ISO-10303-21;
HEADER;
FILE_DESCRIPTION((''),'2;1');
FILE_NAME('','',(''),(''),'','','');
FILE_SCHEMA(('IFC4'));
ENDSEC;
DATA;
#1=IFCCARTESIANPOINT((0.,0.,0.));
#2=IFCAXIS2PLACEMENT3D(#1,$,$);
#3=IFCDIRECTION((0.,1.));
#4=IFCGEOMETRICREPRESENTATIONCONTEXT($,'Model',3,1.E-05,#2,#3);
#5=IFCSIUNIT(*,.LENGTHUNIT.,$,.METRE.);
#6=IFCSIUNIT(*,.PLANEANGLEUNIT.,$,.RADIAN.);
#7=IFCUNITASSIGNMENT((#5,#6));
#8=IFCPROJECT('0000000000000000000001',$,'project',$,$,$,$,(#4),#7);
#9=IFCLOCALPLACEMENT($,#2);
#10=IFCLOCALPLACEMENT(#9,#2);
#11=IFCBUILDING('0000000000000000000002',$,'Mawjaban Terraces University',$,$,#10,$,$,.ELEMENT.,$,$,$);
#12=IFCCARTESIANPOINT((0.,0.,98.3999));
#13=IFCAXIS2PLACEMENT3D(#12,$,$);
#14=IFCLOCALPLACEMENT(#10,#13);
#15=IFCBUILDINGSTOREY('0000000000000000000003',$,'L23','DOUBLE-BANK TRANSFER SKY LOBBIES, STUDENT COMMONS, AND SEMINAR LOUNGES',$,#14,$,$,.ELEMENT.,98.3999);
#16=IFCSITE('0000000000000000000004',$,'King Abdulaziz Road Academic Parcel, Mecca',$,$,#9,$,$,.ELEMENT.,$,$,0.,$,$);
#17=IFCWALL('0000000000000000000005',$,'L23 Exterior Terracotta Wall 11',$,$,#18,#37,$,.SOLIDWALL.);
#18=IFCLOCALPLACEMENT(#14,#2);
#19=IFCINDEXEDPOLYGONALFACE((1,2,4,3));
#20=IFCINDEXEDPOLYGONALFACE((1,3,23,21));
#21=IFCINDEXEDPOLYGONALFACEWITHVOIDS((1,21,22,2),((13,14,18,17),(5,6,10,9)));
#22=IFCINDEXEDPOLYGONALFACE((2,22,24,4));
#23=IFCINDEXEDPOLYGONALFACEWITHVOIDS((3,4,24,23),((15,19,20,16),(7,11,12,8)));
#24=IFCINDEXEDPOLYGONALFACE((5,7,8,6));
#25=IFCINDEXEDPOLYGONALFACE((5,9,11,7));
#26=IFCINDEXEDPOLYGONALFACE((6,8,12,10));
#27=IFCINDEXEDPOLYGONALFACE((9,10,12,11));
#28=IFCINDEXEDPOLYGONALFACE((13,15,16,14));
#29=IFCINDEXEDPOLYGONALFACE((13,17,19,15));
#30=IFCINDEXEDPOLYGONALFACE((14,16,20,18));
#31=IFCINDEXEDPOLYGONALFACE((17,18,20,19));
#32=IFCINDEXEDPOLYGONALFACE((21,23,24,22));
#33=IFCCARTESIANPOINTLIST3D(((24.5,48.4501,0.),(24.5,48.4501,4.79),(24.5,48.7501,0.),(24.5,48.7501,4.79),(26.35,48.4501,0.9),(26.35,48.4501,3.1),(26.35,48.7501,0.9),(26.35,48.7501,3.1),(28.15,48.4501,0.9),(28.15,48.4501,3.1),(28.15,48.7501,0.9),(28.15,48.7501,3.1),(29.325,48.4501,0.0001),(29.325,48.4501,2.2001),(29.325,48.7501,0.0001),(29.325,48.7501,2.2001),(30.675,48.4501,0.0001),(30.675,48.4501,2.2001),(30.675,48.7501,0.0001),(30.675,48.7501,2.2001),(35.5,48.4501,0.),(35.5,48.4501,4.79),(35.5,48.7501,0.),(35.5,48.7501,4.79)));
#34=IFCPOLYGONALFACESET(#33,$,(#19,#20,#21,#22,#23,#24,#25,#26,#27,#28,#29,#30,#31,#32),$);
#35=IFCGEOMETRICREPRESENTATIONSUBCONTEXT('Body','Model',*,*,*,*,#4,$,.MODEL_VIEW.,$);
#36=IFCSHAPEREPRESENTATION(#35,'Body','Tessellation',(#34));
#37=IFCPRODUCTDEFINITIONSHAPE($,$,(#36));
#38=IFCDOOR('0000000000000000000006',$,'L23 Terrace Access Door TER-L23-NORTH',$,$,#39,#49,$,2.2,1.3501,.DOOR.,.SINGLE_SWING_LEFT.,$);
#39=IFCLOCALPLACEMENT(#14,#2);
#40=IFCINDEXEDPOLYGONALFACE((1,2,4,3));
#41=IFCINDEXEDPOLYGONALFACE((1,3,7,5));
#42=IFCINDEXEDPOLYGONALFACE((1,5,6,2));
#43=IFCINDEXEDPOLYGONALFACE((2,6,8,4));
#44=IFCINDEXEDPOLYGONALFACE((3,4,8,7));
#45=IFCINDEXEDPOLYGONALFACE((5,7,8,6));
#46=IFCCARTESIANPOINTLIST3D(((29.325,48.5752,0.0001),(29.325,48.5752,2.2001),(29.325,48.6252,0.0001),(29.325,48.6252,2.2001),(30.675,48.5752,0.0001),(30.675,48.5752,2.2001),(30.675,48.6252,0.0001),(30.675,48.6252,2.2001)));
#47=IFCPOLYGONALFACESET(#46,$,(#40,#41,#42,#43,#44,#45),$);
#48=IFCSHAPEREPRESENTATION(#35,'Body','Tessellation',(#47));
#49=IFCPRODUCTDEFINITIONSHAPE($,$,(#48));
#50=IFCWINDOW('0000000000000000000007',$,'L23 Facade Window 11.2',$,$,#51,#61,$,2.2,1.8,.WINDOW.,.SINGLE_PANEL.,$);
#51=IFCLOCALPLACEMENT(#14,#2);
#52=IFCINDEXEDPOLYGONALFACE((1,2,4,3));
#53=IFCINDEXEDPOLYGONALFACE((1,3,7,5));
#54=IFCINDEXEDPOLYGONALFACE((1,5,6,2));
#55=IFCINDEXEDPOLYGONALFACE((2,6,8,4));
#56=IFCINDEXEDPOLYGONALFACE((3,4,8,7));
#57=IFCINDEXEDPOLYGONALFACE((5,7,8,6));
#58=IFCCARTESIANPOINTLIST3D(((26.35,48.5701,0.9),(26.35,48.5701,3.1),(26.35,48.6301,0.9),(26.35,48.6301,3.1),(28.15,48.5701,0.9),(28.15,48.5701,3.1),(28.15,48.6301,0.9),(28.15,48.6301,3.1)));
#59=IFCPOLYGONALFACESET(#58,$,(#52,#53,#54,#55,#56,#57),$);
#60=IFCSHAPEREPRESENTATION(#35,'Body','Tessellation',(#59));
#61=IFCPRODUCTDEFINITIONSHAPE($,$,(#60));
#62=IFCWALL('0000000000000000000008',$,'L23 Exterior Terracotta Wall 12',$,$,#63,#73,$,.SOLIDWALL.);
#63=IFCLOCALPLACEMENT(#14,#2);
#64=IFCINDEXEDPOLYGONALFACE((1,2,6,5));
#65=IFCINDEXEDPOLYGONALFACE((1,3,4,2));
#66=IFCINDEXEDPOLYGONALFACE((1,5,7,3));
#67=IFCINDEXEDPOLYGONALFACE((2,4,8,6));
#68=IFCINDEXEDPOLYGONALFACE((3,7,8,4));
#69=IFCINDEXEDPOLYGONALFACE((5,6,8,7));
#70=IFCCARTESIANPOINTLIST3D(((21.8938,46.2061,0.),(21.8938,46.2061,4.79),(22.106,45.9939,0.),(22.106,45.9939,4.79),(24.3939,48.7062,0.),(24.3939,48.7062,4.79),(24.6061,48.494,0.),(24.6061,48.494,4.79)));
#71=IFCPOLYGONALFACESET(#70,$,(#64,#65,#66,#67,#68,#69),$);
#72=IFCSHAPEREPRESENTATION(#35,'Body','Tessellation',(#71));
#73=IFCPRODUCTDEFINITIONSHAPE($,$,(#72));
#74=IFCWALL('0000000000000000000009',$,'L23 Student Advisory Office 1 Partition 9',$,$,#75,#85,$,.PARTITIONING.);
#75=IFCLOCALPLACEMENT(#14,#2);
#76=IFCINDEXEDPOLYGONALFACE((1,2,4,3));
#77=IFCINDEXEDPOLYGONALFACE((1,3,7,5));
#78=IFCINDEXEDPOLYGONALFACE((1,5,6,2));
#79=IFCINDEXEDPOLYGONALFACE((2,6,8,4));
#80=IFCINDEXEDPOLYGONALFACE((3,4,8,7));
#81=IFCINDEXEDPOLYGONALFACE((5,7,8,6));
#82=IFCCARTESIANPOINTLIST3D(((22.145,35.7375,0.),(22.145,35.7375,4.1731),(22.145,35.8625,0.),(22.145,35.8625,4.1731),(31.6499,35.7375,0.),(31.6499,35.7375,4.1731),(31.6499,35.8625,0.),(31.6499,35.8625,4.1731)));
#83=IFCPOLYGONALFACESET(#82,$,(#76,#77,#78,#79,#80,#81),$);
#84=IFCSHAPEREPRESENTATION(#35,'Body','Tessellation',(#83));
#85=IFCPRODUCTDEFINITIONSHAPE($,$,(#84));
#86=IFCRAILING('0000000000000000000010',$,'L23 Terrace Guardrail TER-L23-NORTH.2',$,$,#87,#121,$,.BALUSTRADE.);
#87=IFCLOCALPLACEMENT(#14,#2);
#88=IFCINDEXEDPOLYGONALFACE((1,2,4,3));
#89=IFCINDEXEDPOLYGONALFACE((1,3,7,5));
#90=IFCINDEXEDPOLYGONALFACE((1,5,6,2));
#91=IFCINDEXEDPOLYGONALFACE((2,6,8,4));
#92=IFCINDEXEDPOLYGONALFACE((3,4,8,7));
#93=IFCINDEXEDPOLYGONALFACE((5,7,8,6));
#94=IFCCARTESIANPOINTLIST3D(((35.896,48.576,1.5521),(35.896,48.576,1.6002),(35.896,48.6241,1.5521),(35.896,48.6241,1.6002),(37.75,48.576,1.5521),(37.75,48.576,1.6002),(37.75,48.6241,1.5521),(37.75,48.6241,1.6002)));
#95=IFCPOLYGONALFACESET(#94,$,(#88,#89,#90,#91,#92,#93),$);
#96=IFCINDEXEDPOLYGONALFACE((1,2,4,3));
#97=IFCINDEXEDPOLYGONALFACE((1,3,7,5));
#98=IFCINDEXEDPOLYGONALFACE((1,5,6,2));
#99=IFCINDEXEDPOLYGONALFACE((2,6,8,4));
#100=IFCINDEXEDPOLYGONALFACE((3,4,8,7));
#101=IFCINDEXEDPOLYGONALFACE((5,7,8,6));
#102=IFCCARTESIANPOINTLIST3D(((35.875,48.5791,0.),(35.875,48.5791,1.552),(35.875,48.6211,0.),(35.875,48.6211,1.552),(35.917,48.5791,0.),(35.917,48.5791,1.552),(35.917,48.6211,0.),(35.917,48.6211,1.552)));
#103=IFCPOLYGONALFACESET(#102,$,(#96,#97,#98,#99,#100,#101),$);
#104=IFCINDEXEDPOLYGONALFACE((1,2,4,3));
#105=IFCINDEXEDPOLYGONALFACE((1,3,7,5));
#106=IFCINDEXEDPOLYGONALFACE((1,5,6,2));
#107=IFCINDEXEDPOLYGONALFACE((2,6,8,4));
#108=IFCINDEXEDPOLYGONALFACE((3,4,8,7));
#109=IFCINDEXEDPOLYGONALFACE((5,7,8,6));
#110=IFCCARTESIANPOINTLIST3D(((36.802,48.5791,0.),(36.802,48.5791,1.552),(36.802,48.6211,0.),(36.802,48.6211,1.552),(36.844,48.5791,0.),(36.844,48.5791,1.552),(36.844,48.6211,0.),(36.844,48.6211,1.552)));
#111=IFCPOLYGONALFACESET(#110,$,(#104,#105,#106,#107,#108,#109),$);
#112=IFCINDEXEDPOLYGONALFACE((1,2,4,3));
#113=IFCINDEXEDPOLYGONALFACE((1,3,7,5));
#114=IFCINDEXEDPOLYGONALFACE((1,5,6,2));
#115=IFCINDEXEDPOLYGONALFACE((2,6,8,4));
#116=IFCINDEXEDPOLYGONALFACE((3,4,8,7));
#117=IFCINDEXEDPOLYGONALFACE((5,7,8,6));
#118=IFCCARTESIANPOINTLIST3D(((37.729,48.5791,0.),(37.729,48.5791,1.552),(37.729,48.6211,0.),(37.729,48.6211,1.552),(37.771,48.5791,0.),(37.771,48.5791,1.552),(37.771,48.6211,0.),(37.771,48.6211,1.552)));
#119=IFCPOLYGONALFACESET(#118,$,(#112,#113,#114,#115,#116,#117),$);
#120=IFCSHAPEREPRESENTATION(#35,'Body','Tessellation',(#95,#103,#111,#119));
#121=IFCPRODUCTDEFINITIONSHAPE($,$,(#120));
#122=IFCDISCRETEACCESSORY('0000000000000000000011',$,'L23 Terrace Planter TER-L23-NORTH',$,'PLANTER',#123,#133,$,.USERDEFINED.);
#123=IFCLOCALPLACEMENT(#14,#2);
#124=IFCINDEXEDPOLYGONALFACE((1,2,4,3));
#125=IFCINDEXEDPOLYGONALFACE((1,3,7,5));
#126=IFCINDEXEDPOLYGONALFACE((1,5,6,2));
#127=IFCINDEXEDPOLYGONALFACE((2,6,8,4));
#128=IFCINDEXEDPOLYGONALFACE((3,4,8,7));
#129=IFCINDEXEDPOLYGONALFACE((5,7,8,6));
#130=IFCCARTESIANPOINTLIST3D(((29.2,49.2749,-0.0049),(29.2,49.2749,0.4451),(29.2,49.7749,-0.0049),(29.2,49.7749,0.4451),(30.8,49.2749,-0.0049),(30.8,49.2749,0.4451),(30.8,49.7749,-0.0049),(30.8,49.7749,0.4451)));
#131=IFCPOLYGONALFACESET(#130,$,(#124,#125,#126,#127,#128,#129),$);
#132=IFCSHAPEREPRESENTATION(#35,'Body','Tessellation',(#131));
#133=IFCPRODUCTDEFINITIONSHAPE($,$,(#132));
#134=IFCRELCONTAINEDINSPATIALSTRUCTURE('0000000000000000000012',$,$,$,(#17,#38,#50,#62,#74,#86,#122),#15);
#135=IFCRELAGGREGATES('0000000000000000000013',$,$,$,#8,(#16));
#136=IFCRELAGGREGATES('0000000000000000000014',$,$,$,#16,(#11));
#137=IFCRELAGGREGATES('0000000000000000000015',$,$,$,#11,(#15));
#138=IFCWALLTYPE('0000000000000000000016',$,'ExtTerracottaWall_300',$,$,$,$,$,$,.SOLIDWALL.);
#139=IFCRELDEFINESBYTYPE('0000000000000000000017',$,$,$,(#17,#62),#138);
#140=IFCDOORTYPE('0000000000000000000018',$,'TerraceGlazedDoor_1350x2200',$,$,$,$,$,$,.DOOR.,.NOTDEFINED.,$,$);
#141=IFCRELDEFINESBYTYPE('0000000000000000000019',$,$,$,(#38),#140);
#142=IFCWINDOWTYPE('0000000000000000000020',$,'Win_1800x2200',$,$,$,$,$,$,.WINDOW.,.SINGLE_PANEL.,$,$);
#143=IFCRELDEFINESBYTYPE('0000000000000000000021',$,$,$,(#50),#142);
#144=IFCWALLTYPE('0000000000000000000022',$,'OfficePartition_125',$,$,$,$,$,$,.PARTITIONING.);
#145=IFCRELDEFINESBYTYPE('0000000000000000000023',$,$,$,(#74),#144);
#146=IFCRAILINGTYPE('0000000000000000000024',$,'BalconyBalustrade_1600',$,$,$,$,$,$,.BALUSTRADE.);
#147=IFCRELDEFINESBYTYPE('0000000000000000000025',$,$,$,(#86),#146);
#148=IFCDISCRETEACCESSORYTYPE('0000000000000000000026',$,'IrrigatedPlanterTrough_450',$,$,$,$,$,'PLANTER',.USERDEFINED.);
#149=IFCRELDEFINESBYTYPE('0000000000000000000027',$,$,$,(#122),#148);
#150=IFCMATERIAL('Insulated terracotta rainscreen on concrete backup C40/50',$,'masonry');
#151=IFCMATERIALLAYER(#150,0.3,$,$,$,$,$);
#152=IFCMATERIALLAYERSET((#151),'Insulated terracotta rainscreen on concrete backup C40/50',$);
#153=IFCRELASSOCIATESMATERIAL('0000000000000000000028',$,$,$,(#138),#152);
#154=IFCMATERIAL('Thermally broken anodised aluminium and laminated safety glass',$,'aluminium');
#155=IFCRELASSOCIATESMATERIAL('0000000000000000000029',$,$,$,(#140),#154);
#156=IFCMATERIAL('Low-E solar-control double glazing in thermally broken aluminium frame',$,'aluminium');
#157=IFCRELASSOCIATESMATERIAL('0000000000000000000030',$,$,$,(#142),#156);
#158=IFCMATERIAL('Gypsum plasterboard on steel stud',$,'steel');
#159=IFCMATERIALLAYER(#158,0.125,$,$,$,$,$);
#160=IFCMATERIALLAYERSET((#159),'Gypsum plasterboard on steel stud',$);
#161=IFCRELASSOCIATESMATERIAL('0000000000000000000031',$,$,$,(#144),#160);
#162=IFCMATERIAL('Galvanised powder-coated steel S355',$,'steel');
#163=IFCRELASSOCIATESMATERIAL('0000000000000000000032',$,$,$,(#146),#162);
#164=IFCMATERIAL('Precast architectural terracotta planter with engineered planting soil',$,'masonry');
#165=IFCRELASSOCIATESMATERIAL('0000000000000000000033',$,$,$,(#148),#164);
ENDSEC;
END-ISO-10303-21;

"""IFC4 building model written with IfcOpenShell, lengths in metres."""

from ifc_helpers import new_model, si_unit, direction, frame, frame_2d, origin, origin_2d, place, context, subcontext, project, spatial, rectangle, extrude, material, layer, layer_set, type_object, element, fill, save


model = new_model("IFC4")

# Units and contexts
model_context = context("Model", 3, precision=1e-05, world=origin(), true_north=direction((0.0, 1.0)))
body_context = subcontext(model_context, "Body", "Model", "MODEL_VIEW")
ifc_project = project(units=[si_unit("LENGTHUNIT", "METRE"), si_unit("PLANEANGLEUNIT", "RADIAN")], contexts=[model_context])

# Site, building, storey
site_placement = place(None, origin())
site = spatial("IfcSite", under=ifc_project, at=site_placement, Name="King Abdulaziz Road Academic Parcel, Mecca", CompositionType="ELEMENT", RefElevation=0.0)
building_placement = place(site_placement, origin())
building = spatial("IfcBuilding", under=site, at=building_placement, Name="Mawjaban Terraces University", CompositionType="ELEMENT")
storey_placement = place(building_placement, frame((0.0, 0.0, 98.3999)))
storey = spatial("IfcBuildingStorey", under=building, at=storey_placement, Name="L23", Description="DOUBLE-BANK TRANSFER SKY LOBBIES, STUDENT COMMONS, AND SEMINAR LOUNGES", CompositionType="ELEMENT", Elevation=98.3999)

# Wall, openings, door, window
ifc_material_1 = material(Name="Insulated terracotta rainscreen on concrete backup C40/50", Category="masonry")
ifc_layer_1 = layer(ifc_material_1, 0.3)
ifc_layer_set_1 = layer_set([ifc_layer_1], Name="Insulated terracotta rainscreen on concrete backup C40/50")
wall_type_1 = type_object("IfcWallType", Name="ExtTerracottaWall_300", PredefinedType="SOLIDWALL", material=ifc_layer_set_1)
wall_1_placement = place(storey_placement, frame((35.5, 48.6001, 0.0), z_axis=(0.0, 0.0, 1.0), x_axis=(-1.0, 0.0, 0.0)))
wall_1 = element("IfcWall", 1, at=wall_1_placement, inside=storey, type_object=wall_type_1, Name="L23 Exterior Terracotta Wall 11", PredefinedType="SOLIDWALL", context=body_context, shape_type="SweptSolid", body=[
    extrude(rectangle(XDim=11.0, YDim=0.3, at=frame_2d((5.5, 0.0))), origin(), (0.0, 0.0, 1.0), 4.79),
])
opening_1_placement = place(wall_1_placement, frame((4.825, 0.0, 0.0)))
opening_1 = element("IfcOpeningElement", 2, at=opening_1_placement, cuts=wall_1, PredefinedType="OPENING", context=body_context, shape_type="SweptSolid", body=[
    extrude(rectangle(XDim=1.3501, YDim=2.2, at=frame_2d((0.675, 1.1001))), frame((0.0, 0.1599, 0.0), z_axis=(0.0, -1.0, 0.0), x_axis=(1.0, 0.0, 0.0)), (0.0, 0.0, 1.0), 0.3201),
])
opening_2_placement = place(wall_1_placement, frame((7.3501, 0.0, 0.8999)))
opening_2 = element("IfcOpeningElement", 3, at=opening_2_placement, cuts=wall_1, PredefinedType="OPENING", context=body_context, shape_type="SweptSolid", body=[
    extrude(rectangle(XDim=1.8, YDim=2.2, at=frame_2d((0.8999, 1.1001))), frame((0.0, 0.1599, 0.0), z_axis=(0.0, -1.0, 0.0), x_axis=(1.0, 0.0, 0.0)), (0.0, 0.0, 1.0), 0.3201),
])
ifc_material_2 = material(Name="Thermally broken anodised aluminium and laminated safety glass", Category="aluminium")
door_type_1 = type_object("IfcDoorType", Name="TerraceGlazedDoor_1350x2200", OperationType="NOTDEFINED", PredefinedType="DOOR", material=ifc_material_2)
door_1_placement = place(opening_1_placement, origin())
door_1 = element("IfcDoor", 4, at=door_1_placement, inside=storey, type_object=door_type_1, Name="L23 Terrace Access Door TER-L23-NORTH", OperationType="SINGLE_SWING_LEFT", OverallHeight=2.2, OverallWidth=1.3501, PredefinedType="DOOR", context=body_context, shape_type="SweptSolid", body=[
    extrude(rectangle(XDim=1.3501, YDim=2.2, at=frame_2d((0.675, 1.1001))), frame((0.0, 0.0249, 0.0), z_axis=(0.0, -1.0, 0.0), x_axis=(1.0, 0.0, 0.0)), (0.0, 0.0, 1.0), 0.05),
])
fill(opening_1, door_1)
ifc_material_3 = material(Name="Low-E solar-control double glazing in thermally broken aluminium frame", Category="aluminium")
window_type = type_object("IfcWindowType", Name="Win_1800x2200", PartitioningType="SINGLE_PANEL", PredefinedType="WINDOW", material=ifc_material_3)
window_placement = place(opening_2_placement, origin())
window = element("IfcWindow", 5, at=window_placement, inside=storey, type_object=window_type, Name="L23 Facade Window 11.2", OverallHeight=2.2, OverallWidth=1.8, PartitioningType="SINGLE_PANEL", PredefinedType="WINDOW", context=body_context, shape_type="SweptSolid", body=[
    extrude(rectangle(XDim=1.8, YDim=2.2, at=frame_2d((0.8999, 1.1001))), frame((0.0, 0.03, 0.0), z_axis=(0.0, -1.0, 0.0), x_axis=(1.0, 0.0, 0.0)), (0.0, 0.0, 1.0), 0.0601),
])
fill(opening_2, window)

# Walls
wall_2_placement = place(storey_placement, frame((24.5, 48.6001, 0.0), z_axis=(0.0, 0.0, 1.0), x_axis=(-0.707107, -0.707107, 0.0)))
element("IfcWall", 6, at=wall_2_placement, inside=storey, type_object=wall_type_1, Name="L23 Exterior Terracotta Wall 12", PredefinedType="SOLIDWALL", context=body_context, shape_type="SweptSolid", body=[
    extrude(rectangle(XDim=3.5356, YDim=0.3, at=frame_2d((1.7678, 0.0))), origin(), (0.0, 0.0, 1.0), 4.79),
])
ifc_material_4 = material(Name="Gypsum plasterboard on steel stud", Category="steel")
ifc_layer_2 = layer(ifc_material_4, 0.125)
ifc_layer_set_2 = layer_set([ifc_layer_2], Name="Gypsum plasterboard on steel stud")
wall_type_2 = type_object("IfcWallType", Name="OfficePartition_125", PredefinedType="PARTITIONING", material=ifc_layer_set_2)
wall_3_placement = place(storey_placement, frame((31.6499, 35.8, 0.0), z_axis=(0.0, 0.0, 1.0), x_axis=(-1.0, 0.0, 0.0)))
element("IfcWall", 7, at=wall_3_placement, inside=storey, type_object=wall_type_2, Name="L23 Student Advisory Office 1 Partition 9", PredefinedType="PARTITIONING", context=body_context, shape_type="SweptSolid", body=[
    extrude(rectangle(XDim=9.5049, YDim=0.125, at=frame_2d((4.7524, 0.0))), origin(), (0.0, 0.0, 1.0), 4.1731),
])

# Railing
ifc_material_5 = material(Name="Galvanised powder-coated steel S355", Category="steel")
railing_type = type_object("IfcRailingType", Name="BalconyBalustrade_1600", PredefinedType="BALUSTRADE", material=ifc_material_5)
railing_placement = place(storey_placement, frame((35.896, 48.6001, 0.0)))
element("IfcRailing", 8, at=railing_placement, inside=storey, type_object=railing_type, Name="L23 Terrace Guardrail TER-L23-NORTH.2", PredefinedType="BALUSTRADE", context=body_context, shape_type="SweptSolid", body=[
    extrude(rectangle(XDim=0.0481, YDim=0.0481, at=origin_2d()), frame((0.0, 0.0, 1.5762), z_axis=(1.0, 0.0, 0.0), x_axis=(0.0, 1.0, 0.0)), (0.0, 0.0, 1.0), 1.854),
    extrude(rectangle(XDim=0.042, YDim=0.042, at=origin_2d()), origin(), (0.0, 0.0, 1.0), 1.552),
    extrude(rectangle(XDim=0.042, YDim=0.042, at=origin_2d()), frame((0.927, 0.0, 0.0)), (0.0, 0.0, 1.0), 1.552),
    extrude(rectangle(XDim=0.042, YDim=0.042, at=origin_2d()), frame((1.854, 0.0, 0.0)), (0.0, 0.0, 1.0), 1.552),
])

# Discrete accessory
ifc_material_6 = material(Name="Precast architectural terracotta planter with engineered planting soil", Category="masonry")
discrete_accessory_type = type_object("IfcDiscreteAccessoryType", Name="IrrigatedPlanterTrough_450", ElementType="PLANTER", PredefinedType="USERDEFINED", material=ifc_material_6)
discrete_accessory_placement = place(storey_placement, frame((30.0, 49.5249, -0.0049), z_axis=(0.0, 0.0, 1.0), x_axis=(1.0, 0.0, 0.0)))
element("IfcDiscreteAccessory", 9, at=discrete_accessory_placement, inside=storey, type_object=discrete_accessory_type, Name="L23 Terrace Planter TER-L23-NORTH", ObjectType="PLANTER", PredefinedType="USERDEFINED", context=body_context, shape_type="SweptSolid", body=[
    extrude(rectangle(XDim=1.6001, YDim=0.5, at=origin_2d()), origin(), (0.0, 0.0, 1.0), 0.45),
])

save(model, "model.ifc")
